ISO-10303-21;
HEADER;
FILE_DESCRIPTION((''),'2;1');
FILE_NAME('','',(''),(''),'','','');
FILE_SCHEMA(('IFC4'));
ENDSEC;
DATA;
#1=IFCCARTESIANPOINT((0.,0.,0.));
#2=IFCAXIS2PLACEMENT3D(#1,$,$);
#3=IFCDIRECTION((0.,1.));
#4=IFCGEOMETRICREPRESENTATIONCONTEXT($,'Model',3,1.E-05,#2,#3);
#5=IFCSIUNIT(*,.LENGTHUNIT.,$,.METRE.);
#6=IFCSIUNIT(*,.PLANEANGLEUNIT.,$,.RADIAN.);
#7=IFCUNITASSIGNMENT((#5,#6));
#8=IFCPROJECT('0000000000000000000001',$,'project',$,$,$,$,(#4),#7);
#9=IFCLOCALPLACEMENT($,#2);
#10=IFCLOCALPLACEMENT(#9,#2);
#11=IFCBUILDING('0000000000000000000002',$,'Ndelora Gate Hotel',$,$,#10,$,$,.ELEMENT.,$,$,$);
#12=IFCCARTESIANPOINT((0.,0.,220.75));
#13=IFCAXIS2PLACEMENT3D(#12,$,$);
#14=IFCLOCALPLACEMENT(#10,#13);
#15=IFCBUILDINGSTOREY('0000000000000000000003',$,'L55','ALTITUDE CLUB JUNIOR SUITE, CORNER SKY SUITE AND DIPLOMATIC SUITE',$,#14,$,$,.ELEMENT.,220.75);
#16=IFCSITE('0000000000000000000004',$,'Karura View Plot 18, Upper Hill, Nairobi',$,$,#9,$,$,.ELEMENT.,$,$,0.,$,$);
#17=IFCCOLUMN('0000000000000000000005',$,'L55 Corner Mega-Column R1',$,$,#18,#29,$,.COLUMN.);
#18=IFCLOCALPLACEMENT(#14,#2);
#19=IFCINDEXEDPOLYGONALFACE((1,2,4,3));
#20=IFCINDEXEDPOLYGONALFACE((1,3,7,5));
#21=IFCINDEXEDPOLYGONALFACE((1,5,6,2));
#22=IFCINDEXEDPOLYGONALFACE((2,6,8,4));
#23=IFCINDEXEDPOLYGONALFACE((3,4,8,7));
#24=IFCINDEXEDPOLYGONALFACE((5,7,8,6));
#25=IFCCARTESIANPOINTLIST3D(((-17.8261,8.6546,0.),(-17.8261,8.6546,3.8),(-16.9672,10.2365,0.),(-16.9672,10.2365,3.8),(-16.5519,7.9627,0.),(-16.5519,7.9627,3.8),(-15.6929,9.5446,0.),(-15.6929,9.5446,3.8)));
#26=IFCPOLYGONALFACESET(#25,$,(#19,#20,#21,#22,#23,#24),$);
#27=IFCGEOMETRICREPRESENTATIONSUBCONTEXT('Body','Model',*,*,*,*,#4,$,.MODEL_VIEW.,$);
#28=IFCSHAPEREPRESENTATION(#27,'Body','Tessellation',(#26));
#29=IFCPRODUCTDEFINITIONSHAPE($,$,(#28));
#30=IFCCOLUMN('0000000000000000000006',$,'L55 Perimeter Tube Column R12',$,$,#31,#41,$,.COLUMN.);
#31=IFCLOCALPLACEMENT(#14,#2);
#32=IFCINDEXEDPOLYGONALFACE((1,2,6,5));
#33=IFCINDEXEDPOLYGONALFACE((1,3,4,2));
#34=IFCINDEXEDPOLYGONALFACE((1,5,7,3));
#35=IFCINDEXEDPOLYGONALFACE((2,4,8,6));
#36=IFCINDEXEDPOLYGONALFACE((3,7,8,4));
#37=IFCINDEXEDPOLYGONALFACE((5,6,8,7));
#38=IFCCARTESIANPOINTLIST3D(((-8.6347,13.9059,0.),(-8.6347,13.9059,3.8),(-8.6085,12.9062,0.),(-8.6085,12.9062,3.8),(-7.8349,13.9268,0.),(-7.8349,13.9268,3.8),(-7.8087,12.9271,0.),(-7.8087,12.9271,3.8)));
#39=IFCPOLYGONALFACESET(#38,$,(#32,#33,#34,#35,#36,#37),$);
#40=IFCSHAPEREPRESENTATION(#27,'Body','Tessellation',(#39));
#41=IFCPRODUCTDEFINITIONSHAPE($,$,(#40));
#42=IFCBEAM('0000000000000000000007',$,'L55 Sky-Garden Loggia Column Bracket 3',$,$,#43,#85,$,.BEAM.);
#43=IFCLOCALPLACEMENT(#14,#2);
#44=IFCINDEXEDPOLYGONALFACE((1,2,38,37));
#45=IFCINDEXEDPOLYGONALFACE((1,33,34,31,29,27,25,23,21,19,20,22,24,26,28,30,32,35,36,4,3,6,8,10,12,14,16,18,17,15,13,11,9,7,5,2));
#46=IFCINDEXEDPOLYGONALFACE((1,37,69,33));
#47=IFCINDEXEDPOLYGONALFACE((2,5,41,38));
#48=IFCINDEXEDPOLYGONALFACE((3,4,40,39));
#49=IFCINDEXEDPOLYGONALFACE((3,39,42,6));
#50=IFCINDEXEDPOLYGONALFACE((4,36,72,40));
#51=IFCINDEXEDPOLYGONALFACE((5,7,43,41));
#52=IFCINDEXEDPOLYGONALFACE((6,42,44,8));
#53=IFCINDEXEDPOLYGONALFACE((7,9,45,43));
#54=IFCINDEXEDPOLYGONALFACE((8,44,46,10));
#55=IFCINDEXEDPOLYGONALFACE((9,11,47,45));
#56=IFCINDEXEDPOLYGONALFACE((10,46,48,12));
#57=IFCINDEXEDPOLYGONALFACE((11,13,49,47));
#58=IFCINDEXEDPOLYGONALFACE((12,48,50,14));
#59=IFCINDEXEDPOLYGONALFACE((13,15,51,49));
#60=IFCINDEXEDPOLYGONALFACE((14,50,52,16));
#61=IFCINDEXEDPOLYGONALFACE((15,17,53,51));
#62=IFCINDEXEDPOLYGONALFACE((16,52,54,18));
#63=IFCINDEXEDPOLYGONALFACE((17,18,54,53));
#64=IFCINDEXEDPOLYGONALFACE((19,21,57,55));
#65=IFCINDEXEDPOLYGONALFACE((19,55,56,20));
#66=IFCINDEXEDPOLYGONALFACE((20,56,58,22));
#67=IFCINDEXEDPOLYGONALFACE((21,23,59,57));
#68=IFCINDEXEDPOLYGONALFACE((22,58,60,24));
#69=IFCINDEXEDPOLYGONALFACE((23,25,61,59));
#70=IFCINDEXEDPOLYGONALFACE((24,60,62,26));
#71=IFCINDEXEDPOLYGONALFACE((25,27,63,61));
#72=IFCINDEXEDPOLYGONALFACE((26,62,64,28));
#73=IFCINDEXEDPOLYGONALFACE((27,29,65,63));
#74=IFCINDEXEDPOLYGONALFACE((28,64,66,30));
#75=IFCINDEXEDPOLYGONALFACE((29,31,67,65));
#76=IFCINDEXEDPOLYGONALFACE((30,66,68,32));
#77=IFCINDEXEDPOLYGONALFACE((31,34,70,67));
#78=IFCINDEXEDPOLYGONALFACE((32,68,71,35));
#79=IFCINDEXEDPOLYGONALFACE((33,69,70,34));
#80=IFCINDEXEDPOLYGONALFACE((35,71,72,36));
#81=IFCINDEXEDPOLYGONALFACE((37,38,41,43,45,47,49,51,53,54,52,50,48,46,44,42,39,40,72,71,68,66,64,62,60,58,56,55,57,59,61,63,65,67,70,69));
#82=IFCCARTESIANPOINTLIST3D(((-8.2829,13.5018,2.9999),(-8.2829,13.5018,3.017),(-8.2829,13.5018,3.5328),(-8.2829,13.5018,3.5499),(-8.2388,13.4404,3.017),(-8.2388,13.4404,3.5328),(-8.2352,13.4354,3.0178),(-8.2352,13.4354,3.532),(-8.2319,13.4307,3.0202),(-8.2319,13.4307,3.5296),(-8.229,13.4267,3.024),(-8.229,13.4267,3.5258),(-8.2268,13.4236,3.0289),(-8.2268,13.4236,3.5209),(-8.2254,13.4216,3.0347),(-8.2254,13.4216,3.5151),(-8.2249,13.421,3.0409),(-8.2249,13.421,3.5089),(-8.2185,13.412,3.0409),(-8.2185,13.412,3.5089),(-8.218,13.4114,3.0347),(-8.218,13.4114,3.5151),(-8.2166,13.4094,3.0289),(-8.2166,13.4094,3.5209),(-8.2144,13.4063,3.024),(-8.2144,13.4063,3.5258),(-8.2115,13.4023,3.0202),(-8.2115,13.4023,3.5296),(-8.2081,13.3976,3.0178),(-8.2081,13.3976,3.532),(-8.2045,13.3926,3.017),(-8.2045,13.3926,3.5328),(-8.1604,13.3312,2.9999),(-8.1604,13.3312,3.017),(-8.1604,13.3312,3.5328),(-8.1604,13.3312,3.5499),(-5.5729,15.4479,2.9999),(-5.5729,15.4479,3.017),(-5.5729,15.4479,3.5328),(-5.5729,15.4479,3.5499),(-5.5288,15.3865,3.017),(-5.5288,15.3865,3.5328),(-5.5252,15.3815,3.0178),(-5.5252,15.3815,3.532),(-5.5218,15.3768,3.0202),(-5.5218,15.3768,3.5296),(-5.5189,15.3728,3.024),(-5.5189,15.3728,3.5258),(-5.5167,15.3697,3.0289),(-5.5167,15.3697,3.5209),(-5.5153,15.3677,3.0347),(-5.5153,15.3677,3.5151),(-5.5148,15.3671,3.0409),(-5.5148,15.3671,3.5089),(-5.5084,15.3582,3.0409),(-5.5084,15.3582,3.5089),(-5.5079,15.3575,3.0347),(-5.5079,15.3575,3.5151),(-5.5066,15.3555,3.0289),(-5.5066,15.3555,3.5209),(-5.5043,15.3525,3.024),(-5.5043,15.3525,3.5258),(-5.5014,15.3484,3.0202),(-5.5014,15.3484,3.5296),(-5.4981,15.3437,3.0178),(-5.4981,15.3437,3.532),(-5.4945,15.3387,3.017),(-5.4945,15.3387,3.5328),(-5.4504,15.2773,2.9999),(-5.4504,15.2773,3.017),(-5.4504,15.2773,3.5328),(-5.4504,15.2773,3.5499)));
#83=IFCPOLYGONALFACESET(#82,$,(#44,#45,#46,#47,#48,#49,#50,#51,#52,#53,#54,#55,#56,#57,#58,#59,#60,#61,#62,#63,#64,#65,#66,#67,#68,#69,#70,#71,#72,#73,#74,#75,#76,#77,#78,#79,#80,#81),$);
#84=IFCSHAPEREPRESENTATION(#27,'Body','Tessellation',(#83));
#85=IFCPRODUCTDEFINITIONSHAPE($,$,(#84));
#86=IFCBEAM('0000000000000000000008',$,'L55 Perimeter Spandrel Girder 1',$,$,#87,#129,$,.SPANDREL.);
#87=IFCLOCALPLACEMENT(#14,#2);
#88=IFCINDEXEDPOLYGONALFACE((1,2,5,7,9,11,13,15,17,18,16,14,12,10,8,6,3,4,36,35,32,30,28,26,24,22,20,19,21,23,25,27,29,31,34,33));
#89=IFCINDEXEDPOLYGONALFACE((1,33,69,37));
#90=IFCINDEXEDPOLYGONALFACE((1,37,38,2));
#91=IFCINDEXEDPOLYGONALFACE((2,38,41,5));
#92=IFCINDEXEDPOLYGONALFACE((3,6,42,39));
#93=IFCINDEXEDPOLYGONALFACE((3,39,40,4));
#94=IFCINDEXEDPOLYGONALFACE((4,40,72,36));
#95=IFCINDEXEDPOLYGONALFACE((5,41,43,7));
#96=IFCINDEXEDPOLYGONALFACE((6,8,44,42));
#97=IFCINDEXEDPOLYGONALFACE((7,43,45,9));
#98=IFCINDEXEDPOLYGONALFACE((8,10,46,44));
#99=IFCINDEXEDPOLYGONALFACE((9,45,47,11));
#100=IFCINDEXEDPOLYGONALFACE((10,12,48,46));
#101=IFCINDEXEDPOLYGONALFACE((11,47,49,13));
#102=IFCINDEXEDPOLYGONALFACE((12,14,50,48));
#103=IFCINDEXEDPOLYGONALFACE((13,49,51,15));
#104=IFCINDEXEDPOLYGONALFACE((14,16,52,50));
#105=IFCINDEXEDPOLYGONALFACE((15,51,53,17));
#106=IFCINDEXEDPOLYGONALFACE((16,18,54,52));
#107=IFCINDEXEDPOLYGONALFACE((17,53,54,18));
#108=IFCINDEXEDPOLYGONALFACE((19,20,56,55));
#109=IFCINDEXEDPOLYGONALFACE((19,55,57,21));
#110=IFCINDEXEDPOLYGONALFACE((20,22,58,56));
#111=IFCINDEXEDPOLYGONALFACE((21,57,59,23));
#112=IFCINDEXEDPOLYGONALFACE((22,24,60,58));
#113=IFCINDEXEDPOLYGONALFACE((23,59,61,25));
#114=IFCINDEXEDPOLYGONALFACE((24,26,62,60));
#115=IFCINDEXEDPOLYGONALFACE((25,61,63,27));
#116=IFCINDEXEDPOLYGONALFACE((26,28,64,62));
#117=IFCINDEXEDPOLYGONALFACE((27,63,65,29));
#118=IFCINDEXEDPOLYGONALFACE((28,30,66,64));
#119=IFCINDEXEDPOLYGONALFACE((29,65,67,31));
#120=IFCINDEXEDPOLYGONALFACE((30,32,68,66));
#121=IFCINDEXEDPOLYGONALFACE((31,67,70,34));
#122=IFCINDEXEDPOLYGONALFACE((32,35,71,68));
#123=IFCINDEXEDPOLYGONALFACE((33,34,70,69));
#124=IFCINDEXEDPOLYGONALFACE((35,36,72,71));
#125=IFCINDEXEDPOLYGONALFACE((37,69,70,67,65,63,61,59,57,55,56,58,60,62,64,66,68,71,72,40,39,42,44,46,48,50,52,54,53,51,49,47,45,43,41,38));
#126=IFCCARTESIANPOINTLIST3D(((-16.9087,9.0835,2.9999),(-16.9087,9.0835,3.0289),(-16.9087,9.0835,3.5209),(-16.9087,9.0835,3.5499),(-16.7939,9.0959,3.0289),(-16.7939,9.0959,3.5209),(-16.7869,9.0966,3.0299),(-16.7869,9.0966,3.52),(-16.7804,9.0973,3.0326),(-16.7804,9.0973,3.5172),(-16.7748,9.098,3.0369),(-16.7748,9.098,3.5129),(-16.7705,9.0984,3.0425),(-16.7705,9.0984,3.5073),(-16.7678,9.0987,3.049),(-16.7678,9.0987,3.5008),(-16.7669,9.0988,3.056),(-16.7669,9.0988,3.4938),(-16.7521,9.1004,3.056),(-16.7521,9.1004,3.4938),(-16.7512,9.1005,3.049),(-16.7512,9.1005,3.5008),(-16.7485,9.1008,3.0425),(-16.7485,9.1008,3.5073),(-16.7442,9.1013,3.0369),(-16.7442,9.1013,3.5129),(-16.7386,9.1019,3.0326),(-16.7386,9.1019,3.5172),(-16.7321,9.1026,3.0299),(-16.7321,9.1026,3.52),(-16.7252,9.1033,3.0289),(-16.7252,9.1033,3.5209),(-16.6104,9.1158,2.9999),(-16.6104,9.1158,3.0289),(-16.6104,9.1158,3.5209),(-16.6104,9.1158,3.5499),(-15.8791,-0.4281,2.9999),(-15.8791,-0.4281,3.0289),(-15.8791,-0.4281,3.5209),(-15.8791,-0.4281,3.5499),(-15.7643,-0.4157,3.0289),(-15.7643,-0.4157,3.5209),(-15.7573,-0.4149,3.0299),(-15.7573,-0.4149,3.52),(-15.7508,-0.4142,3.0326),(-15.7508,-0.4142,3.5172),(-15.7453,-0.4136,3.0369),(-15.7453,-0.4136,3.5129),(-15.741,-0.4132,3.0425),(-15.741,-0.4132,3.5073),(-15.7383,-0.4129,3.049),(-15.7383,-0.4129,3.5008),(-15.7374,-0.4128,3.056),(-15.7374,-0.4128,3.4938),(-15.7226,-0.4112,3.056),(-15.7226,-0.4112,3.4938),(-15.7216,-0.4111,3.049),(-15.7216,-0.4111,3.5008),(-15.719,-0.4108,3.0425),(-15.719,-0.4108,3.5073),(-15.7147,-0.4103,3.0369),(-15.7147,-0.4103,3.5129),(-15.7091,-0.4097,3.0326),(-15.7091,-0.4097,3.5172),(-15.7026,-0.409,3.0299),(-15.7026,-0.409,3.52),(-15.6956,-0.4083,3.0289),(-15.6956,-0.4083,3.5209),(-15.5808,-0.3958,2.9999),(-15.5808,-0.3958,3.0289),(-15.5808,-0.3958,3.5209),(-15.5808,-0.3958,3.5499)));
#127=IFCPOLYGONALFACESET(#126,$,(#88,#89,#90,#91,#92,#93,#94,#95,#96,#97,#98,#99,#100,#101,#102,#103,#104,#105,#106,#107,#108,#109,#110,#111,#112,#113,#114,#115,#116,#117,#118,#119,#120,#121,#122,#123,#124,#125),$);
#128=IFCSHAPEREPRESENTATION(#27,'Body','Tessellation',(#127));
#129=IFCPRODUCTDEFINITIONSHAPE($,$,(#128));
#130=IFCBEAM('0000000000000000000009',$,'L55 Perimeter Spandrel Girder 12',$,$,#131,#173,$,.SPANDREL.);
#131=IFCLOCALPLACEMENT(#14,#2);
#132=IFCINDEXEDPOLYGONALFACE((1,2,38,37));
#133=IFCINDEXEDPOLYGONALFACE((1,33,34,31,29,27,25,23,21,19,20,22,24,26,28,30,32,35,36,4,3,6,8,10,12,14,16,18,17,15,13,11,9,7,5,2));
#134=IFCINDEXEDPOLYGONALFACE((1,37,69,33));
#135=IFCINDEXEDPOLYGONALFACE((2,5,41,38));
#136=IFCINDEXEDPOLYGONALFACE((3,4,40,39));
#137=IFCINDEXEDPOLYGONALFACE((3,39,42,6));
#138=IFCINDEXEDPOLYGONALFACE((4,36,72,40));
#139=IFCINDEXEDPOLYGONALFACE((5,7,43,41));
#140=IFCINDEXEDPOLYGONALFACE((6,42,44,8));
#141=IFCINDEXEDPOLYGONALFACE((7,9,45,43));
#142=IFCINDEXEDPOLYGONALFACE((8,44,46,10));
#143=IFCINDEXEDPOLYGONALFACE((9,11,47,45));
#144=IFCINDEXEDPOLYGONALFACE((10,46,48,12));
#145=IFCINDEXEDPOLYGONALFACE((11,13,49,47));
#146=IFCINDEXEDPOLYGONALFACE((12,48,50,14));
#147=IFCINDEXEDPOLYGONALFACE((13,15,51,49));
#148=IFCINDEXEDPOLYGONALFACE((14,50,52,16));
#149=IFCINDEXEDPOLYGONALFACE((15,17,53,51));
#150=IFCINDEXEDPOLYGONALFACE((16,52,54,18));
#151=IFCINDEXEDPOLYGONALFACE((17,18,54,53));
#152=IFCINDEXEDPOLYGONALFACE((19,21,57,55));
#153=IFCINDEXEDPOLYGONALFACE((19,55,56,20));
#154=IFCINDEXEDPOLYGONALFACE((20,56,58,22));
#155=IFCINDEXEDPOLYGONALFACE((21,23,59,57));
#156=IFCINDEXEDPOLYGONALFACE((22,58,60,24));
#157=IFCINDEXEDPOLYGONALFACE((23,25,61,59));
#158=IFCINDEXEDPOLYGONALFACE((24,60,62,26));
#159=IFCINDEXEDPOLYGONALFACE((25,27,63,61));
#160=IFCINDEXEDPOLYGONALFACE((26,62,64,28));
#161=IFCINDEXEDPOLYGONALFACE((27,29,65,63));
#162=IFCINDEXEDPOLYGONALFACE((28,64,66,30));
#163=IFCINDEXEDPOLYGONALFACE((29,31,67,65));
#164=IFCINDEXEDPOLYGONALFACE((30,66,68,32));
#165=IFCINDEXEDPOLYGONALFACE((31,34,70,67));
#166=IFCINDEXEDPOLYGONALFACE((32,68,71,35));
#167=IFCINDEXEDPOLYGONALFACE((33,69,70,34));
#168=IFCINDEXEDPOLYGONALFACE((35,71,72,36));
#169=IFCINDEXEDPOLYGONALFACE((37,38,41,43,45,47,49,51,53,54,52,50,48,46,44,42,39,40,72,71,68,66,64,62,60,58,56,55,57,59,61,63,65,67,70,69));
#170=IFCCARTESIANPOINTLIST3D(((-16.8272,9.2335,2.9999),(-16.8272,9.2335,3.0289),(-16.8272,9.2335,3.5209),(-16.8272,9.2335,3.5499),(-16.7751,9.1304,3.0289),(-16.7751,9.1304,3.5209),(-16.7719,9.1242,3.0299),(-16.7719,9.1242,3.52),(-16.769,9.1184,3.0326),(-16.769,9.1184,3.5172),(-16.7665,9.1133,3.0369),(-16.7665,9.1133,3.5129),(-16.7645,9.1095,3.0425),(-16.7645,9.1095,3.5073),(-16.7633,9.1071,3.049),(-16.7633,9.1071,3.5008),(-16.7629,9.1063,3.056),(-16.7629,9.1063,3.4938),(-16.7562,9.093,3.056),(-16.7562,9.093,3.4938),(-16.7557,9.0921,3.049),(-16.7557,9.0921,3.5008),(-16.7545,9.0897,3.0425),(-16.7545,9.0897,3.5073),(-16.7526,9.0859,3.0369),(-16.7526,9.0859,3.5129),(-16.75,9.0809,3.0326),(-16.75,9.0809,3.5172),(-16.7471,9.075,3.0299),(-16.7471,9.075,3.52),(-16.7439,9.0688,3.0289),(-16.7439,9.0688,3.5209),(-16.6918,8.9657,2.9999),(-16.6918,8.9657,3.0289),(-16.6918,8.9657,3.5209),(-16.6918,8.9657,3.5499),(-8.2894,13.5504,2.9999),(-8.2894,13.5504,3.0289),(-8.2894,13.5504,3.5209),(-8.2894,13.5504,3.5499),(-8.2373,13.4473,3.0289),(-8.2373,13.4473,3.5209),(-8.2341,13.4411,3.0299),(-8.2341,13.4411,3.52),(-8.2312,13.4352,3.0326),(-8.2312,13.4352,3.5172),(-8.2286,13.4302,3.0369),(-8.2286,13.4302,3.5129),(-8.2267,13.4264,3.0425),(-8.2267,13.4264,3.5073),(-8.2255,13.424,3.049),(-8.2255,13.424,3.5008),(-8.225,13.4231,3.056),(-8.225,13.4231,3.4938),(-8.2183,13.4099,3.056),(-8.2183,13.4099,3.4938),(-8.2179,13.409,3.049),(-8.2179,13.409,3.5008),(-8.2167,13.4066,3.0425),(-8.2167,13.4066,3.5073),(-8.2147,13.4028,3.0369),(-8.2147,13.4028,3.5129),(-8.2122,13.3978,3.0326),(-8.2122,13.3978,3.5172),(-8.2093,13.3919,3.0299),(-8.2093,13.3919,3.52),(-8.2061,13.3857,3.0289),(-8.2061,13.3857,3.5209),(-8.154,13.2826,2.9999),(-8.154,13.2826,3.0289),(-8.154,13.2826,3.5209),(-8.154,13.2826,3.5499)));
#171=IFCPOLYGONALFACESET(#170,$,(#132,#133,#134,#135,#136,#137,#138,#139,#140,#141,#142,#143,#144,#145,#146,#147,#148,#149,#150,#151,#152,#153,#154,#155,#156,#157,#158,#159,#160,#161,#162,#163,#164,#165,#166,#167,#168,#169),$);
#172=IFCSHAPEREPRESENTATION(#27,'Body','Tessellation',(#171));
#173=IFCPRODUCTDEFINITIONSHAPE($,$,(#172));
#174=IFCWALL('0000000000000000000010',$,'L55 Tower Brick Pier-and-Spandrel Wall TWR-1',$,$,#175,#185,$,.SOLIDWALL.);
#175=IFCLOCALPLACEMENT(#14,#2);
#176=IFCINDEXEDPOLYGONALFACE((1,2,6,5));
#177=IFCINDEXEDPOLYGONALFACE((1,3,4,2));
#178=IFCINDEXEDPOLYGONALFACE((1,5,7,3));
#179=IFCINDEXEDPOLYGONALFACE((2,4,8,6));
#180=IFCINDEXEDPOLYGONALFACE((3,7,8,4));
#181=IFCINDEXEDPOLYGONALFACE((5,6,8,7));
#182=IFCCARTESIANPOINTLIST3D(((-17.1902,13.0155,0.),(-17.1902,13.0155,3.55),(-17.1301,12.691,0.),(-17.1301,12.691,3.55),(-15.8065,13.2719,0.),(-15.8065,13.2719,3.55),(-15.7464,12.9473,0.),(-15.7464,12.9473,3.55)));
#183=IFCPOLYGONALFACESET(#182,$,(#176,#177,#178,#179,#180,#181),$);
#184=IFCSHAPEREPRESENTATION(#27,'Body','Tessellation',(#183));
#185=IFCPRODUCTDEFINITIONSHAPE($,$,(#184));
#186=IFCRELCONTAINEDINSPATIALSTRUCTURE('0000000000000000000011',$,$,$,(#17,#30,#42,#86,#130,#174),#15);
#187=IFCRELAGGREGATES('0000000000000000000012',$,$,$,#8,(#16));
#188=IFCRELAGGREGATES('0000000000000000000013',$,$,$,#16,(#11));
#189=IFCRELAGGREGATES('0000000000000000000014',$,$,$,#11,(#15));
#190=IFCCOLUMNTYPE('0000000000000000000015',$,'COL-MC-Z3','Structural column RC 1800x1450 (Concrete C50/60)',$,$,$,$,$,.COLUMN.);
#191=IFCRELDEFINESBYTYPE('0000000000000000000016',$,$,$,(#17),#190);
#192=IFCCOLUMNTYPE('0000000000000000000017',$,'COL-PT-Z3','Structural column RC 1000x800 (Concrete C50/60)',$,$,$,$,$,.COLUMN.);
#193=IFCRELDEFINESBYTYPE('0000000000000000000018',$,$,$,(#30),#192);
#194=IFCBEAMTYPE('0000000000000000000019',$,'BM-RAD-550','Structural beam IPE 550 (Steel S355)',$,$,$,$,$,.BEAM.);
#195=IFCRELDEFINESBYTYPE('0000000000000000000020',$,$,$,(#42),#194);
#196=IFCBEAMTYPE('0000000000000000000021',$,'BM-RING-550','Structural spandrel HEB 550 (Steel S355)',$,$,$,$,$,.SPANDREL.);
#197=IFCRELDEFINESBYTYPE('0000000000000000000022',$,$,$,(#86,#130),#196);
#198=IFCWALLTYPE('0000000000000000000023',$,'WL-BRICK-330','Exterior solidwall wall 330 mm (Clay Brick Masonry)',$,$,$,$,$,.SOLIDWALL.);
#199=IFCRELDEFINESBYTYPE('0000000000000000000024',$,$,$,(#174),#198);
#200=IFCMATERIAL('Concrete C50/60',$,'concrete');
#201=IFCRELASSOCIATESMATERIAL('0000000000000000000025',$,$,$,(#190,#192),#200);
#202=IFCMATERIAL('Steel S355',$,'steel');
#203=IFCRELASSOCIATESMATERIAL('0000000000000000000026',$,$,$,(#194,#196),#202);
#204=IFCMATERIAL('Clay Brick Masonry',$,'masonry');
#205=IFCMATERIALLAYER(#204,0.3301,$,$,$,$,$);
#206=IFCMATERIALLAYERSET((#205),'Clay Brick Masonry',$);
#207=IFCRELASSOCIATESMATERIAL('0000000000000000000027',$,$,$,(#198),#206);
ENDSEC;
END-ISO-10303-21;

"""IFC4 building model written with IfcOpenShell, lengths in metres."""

from ifc_helpers import new_model, si_unit, direction, frame, frame_2d, origin, origin_2d, place, context, subcontext, project, spatial, rectangle, i_section, extrude, material, layer, layer_set, material_profile, profile_set, type_object, element, save


model = new_model("IFC4")

# Units and contexts
model_context = context("Model", 3, precision=1e-05, world=origin(), true_north=direction((0.0, 1.0)))
body_context = subcontext(model_context, "Body", "Model", "MODEL_VIEW")
ifc_project = project(units=[si_unit("LENGTHUNIT", "METRE"), si_unit("PLANEANGLEUNIT", "RADIAN")], contexts=[model_context])

# Site, building, storey
site_placement = place(None, origin())
site = spatial("IfcSite", under=ifc_project, at=site_placement, Name="Karura View Plot 18, Upper Hill, Nairobi", CompositionType="ELEMENT", RefElevation=0.0)
building_placement = place(site_placement, origin())
building = spatial("IfcBuilding", under=site, at=building_placement, Name="Ndelora Gate Hotel", CompositionType="ELEMENT")
storey_placement = place(building_placement, frame((0.0, 0.0, 220.75)))
storey = spatial("IfcBuildingStorey", under=building, at=storey_placement, Name="L55", Description="ALTITUDE CLUB JUNIOR SUITE, CORNER SKY SUITE AND DIPLOMATIC SUITE", CompositionType="ELEMENT", Elevation=220.75)

# Columns
ifc_material_1 = material(Name="Concrete C50/60", Category="concrete")
ifc_material_profile_1 = material_profile(ifc_material_1, rectangle(XDim=1.45, YDim=1.8, at=origin_2d()), Name="RC 1800x1450")
ifc_profile_set_1 = profile_set([ifc_material_profile_1], Name="Concrete C50/60")
column_type_1 = type_object("IfcColumnType", Name="COL-MC-Z3", Description="Structural column RC 1800x1450 (Concrete C50/60)", PredefinedType="COLUMN", material=ifc_profile_set_1)
column_1_placement = place(storey_placement, frame((-16.7595, 9.0996, 0.0), z_axis=(0.0, 0.0, 1.0), x_axis=(-0.878817, 0.477159, 0.0)))
element("IfcColumn", 1, at=column_1_placement, inside=storey, type_object=column_type_1, Name="L55 Corner Mega-Column R1", PredefinedType="COLUMN", context=body_context, shape_type="SweptSolid", body=[
    extrude(rectangle(XDim=1.45, YDim=1.8, at=origin_2d()), origin(), (0.0, 0.0, 1.0), 3.8),
])
ifc_material_profile_2 = material_profile(ifc_material_1, rectangle(XDim=0.8, YDim=1.0, at=origin_2d()), Name="RC 1000x800")
ifc_profile_set_2 = profile_set([ifc_material_profile_2], Name="Concrete C50/60")
column_type_2 = type_object("IfcColumnType", Name="COL-PT-Z3", Description="Structural column RC 1000x800 (Concrete C50/60)", PredefinedType="COLUMN", material=ifc_profile_set_2)
column_2_placement = place(storey_placement, frame((-8.2217, 13.4165, 0.0), z_axis=(0.0, 0.0, 1.0), x_axis=(0.999657, 0.026177, 0.0)))
element("IfcColumn", 2, at=column_2_placement, inside=storey, type_object=column_type_2, Name="L55 Perimeter Tube Column R12", PredefinedType="COLUMN", context=body_context, shape_type="SweptSolid", body=[
    extrude(rectangle(XDim=0.8, YDim=1.0, at=origin_2d()), origin(), (0.0, 0.0, 1.0), 3.8),
])

# Beams
ifc_material_2 = material(Name="Steel S355", Category="steel")
ifc_material_profile_3 = material_profile(ifc_material_2, i_section(OverallWidth=0.21, OverallDepth=0.55, WebThickness=0.011, FlangeThickness=0.0171, FilletRadius=0.0239, at=origin_2d()), Name="IPE 550")
ifc_profile_set_3 = profile_set([ifc_material_profile_3], Name="Steel S355")
beam_type_1 = type_object("IfcBeamType", Name="BM-RAD-550", Description="Structural beam IPE 550 (Steel S355)", PredefinedType="BEAM", material=ifc_profile_set_3)
beam_placement = place(storey_placement, frame((-8.2217, 13.4165, 3.2749), z_axis=(0.812262, 0.583292, 0.0), x_axis=(-0.583292, 0.812262, 0.0)))
element("IfcBeam", 3, at=beam_placement, inside=storey, type_object=beam_type_1, Name="L55 Sky-Garden Loggia Column Bracket 3", PredefinedType="BEAM", context=body_context, shape_type="SweptSolid", body=[
    extrude(i_section(OverallWidth=0.21, OverallDepth=0.55, WebThickness=0.011, FlangeThickness=0.0171, FilletRadius=0.0239, at=origin_2d()), origin(), (0.0, 0.0, 1.0), 3.3364),
])
ifc_material_profile_4 = material_profile(ifc_material_2, i_section(OverallWidth=0.3, OverallDepth=0.55, WebThickness=0.0149, FlangeThickness=0.0291, FilletRadius=0.0271, at=origin_2d()), Name="HEB 550")
ifc_profile_set_4 = profile_set([ifc_material_profile_4], Name="Steel S355")
beam_type_2 = type_object("IfcBeamType", Name="BM-RING-550", Description="Structural spandrel HEB 550 (Steel S355)", PredefinedType="SPANDREL", material=ifc_profile_set_4)
for number, where, z_axis, x_axis, name in (
    (4, (-16.7595, 9.0996, 3.2749), (0.107613, -0.994193, 0.0), (0.994193, 0.107613, 0.0), "L55 Perimeter Spandrel Girder 1"),
    (5, (-8.2217, 13.4165, 3.2749), (-0.892412, -0.451221, 0.0), (0.451221, -0.892412, 0.0), "L55 Perimeter Spandrel Girder 12"),
):
    element("IfcBeam", number, at=place(storey_placement, frame(where, z_axis=z_axis, x_axis=x_axis)), inside=storey, type_object=beam_type_2, Name=name, PredefinedType="SPANDREL", context=body_context, shape_type="SweptSolid", body=[
        extrude(i_section(OverallWidth=0.3, OverallDepth=0.55, WebThickness=0.0149, FlangeThickness=0.0291, FilletRadius=0.0271, at=origin_2d()), origin(), (0.0, 0.0, 1.0), 9.5671),
    ])

# Wall
ifc_material_3 = material(Name="Clay Brick Masonry", Category="masonry")
ifc_layer_1 = layer(ifc_material_3, 0.3301)
ifc_layer_set_1 = layer_set([ifc_layer_1], Name="Clay Brick Masonry")
wall_type_1 = type_object("IfcWallType", Name="WL-BRICK-330", Description="Exterior solidwall wall 330 mm (Clay Brick Masonry)", PredefinedType="SOLIDWALL", material=ifc_layer_set_1)
wall_1_placement = place(storey_placement, frame((-17.1602, 12.8533, 0.0), z_axis=(0.0, 0.0, 1.0), x_axis=(0.98327, 0.182151, 0.0)))
element("IfcWall", 6, at=wall_1_placement, inside=storey, type_object=wall_type_1, Name="L55 Tower Brick Pier-and-Spandrel Wall TWR-1", PredefinedType="SOLIDWALL", context=body_context, shape_type="SweptSolid", body=[
    extrude(rectangle(XDim=1.4072, YDim=0.3301, at=frame_2d((0.7036, 0.0))), origin(), (0.0, 0.0, 1.0), 3.55),
])

save(model, "model.ifc")
